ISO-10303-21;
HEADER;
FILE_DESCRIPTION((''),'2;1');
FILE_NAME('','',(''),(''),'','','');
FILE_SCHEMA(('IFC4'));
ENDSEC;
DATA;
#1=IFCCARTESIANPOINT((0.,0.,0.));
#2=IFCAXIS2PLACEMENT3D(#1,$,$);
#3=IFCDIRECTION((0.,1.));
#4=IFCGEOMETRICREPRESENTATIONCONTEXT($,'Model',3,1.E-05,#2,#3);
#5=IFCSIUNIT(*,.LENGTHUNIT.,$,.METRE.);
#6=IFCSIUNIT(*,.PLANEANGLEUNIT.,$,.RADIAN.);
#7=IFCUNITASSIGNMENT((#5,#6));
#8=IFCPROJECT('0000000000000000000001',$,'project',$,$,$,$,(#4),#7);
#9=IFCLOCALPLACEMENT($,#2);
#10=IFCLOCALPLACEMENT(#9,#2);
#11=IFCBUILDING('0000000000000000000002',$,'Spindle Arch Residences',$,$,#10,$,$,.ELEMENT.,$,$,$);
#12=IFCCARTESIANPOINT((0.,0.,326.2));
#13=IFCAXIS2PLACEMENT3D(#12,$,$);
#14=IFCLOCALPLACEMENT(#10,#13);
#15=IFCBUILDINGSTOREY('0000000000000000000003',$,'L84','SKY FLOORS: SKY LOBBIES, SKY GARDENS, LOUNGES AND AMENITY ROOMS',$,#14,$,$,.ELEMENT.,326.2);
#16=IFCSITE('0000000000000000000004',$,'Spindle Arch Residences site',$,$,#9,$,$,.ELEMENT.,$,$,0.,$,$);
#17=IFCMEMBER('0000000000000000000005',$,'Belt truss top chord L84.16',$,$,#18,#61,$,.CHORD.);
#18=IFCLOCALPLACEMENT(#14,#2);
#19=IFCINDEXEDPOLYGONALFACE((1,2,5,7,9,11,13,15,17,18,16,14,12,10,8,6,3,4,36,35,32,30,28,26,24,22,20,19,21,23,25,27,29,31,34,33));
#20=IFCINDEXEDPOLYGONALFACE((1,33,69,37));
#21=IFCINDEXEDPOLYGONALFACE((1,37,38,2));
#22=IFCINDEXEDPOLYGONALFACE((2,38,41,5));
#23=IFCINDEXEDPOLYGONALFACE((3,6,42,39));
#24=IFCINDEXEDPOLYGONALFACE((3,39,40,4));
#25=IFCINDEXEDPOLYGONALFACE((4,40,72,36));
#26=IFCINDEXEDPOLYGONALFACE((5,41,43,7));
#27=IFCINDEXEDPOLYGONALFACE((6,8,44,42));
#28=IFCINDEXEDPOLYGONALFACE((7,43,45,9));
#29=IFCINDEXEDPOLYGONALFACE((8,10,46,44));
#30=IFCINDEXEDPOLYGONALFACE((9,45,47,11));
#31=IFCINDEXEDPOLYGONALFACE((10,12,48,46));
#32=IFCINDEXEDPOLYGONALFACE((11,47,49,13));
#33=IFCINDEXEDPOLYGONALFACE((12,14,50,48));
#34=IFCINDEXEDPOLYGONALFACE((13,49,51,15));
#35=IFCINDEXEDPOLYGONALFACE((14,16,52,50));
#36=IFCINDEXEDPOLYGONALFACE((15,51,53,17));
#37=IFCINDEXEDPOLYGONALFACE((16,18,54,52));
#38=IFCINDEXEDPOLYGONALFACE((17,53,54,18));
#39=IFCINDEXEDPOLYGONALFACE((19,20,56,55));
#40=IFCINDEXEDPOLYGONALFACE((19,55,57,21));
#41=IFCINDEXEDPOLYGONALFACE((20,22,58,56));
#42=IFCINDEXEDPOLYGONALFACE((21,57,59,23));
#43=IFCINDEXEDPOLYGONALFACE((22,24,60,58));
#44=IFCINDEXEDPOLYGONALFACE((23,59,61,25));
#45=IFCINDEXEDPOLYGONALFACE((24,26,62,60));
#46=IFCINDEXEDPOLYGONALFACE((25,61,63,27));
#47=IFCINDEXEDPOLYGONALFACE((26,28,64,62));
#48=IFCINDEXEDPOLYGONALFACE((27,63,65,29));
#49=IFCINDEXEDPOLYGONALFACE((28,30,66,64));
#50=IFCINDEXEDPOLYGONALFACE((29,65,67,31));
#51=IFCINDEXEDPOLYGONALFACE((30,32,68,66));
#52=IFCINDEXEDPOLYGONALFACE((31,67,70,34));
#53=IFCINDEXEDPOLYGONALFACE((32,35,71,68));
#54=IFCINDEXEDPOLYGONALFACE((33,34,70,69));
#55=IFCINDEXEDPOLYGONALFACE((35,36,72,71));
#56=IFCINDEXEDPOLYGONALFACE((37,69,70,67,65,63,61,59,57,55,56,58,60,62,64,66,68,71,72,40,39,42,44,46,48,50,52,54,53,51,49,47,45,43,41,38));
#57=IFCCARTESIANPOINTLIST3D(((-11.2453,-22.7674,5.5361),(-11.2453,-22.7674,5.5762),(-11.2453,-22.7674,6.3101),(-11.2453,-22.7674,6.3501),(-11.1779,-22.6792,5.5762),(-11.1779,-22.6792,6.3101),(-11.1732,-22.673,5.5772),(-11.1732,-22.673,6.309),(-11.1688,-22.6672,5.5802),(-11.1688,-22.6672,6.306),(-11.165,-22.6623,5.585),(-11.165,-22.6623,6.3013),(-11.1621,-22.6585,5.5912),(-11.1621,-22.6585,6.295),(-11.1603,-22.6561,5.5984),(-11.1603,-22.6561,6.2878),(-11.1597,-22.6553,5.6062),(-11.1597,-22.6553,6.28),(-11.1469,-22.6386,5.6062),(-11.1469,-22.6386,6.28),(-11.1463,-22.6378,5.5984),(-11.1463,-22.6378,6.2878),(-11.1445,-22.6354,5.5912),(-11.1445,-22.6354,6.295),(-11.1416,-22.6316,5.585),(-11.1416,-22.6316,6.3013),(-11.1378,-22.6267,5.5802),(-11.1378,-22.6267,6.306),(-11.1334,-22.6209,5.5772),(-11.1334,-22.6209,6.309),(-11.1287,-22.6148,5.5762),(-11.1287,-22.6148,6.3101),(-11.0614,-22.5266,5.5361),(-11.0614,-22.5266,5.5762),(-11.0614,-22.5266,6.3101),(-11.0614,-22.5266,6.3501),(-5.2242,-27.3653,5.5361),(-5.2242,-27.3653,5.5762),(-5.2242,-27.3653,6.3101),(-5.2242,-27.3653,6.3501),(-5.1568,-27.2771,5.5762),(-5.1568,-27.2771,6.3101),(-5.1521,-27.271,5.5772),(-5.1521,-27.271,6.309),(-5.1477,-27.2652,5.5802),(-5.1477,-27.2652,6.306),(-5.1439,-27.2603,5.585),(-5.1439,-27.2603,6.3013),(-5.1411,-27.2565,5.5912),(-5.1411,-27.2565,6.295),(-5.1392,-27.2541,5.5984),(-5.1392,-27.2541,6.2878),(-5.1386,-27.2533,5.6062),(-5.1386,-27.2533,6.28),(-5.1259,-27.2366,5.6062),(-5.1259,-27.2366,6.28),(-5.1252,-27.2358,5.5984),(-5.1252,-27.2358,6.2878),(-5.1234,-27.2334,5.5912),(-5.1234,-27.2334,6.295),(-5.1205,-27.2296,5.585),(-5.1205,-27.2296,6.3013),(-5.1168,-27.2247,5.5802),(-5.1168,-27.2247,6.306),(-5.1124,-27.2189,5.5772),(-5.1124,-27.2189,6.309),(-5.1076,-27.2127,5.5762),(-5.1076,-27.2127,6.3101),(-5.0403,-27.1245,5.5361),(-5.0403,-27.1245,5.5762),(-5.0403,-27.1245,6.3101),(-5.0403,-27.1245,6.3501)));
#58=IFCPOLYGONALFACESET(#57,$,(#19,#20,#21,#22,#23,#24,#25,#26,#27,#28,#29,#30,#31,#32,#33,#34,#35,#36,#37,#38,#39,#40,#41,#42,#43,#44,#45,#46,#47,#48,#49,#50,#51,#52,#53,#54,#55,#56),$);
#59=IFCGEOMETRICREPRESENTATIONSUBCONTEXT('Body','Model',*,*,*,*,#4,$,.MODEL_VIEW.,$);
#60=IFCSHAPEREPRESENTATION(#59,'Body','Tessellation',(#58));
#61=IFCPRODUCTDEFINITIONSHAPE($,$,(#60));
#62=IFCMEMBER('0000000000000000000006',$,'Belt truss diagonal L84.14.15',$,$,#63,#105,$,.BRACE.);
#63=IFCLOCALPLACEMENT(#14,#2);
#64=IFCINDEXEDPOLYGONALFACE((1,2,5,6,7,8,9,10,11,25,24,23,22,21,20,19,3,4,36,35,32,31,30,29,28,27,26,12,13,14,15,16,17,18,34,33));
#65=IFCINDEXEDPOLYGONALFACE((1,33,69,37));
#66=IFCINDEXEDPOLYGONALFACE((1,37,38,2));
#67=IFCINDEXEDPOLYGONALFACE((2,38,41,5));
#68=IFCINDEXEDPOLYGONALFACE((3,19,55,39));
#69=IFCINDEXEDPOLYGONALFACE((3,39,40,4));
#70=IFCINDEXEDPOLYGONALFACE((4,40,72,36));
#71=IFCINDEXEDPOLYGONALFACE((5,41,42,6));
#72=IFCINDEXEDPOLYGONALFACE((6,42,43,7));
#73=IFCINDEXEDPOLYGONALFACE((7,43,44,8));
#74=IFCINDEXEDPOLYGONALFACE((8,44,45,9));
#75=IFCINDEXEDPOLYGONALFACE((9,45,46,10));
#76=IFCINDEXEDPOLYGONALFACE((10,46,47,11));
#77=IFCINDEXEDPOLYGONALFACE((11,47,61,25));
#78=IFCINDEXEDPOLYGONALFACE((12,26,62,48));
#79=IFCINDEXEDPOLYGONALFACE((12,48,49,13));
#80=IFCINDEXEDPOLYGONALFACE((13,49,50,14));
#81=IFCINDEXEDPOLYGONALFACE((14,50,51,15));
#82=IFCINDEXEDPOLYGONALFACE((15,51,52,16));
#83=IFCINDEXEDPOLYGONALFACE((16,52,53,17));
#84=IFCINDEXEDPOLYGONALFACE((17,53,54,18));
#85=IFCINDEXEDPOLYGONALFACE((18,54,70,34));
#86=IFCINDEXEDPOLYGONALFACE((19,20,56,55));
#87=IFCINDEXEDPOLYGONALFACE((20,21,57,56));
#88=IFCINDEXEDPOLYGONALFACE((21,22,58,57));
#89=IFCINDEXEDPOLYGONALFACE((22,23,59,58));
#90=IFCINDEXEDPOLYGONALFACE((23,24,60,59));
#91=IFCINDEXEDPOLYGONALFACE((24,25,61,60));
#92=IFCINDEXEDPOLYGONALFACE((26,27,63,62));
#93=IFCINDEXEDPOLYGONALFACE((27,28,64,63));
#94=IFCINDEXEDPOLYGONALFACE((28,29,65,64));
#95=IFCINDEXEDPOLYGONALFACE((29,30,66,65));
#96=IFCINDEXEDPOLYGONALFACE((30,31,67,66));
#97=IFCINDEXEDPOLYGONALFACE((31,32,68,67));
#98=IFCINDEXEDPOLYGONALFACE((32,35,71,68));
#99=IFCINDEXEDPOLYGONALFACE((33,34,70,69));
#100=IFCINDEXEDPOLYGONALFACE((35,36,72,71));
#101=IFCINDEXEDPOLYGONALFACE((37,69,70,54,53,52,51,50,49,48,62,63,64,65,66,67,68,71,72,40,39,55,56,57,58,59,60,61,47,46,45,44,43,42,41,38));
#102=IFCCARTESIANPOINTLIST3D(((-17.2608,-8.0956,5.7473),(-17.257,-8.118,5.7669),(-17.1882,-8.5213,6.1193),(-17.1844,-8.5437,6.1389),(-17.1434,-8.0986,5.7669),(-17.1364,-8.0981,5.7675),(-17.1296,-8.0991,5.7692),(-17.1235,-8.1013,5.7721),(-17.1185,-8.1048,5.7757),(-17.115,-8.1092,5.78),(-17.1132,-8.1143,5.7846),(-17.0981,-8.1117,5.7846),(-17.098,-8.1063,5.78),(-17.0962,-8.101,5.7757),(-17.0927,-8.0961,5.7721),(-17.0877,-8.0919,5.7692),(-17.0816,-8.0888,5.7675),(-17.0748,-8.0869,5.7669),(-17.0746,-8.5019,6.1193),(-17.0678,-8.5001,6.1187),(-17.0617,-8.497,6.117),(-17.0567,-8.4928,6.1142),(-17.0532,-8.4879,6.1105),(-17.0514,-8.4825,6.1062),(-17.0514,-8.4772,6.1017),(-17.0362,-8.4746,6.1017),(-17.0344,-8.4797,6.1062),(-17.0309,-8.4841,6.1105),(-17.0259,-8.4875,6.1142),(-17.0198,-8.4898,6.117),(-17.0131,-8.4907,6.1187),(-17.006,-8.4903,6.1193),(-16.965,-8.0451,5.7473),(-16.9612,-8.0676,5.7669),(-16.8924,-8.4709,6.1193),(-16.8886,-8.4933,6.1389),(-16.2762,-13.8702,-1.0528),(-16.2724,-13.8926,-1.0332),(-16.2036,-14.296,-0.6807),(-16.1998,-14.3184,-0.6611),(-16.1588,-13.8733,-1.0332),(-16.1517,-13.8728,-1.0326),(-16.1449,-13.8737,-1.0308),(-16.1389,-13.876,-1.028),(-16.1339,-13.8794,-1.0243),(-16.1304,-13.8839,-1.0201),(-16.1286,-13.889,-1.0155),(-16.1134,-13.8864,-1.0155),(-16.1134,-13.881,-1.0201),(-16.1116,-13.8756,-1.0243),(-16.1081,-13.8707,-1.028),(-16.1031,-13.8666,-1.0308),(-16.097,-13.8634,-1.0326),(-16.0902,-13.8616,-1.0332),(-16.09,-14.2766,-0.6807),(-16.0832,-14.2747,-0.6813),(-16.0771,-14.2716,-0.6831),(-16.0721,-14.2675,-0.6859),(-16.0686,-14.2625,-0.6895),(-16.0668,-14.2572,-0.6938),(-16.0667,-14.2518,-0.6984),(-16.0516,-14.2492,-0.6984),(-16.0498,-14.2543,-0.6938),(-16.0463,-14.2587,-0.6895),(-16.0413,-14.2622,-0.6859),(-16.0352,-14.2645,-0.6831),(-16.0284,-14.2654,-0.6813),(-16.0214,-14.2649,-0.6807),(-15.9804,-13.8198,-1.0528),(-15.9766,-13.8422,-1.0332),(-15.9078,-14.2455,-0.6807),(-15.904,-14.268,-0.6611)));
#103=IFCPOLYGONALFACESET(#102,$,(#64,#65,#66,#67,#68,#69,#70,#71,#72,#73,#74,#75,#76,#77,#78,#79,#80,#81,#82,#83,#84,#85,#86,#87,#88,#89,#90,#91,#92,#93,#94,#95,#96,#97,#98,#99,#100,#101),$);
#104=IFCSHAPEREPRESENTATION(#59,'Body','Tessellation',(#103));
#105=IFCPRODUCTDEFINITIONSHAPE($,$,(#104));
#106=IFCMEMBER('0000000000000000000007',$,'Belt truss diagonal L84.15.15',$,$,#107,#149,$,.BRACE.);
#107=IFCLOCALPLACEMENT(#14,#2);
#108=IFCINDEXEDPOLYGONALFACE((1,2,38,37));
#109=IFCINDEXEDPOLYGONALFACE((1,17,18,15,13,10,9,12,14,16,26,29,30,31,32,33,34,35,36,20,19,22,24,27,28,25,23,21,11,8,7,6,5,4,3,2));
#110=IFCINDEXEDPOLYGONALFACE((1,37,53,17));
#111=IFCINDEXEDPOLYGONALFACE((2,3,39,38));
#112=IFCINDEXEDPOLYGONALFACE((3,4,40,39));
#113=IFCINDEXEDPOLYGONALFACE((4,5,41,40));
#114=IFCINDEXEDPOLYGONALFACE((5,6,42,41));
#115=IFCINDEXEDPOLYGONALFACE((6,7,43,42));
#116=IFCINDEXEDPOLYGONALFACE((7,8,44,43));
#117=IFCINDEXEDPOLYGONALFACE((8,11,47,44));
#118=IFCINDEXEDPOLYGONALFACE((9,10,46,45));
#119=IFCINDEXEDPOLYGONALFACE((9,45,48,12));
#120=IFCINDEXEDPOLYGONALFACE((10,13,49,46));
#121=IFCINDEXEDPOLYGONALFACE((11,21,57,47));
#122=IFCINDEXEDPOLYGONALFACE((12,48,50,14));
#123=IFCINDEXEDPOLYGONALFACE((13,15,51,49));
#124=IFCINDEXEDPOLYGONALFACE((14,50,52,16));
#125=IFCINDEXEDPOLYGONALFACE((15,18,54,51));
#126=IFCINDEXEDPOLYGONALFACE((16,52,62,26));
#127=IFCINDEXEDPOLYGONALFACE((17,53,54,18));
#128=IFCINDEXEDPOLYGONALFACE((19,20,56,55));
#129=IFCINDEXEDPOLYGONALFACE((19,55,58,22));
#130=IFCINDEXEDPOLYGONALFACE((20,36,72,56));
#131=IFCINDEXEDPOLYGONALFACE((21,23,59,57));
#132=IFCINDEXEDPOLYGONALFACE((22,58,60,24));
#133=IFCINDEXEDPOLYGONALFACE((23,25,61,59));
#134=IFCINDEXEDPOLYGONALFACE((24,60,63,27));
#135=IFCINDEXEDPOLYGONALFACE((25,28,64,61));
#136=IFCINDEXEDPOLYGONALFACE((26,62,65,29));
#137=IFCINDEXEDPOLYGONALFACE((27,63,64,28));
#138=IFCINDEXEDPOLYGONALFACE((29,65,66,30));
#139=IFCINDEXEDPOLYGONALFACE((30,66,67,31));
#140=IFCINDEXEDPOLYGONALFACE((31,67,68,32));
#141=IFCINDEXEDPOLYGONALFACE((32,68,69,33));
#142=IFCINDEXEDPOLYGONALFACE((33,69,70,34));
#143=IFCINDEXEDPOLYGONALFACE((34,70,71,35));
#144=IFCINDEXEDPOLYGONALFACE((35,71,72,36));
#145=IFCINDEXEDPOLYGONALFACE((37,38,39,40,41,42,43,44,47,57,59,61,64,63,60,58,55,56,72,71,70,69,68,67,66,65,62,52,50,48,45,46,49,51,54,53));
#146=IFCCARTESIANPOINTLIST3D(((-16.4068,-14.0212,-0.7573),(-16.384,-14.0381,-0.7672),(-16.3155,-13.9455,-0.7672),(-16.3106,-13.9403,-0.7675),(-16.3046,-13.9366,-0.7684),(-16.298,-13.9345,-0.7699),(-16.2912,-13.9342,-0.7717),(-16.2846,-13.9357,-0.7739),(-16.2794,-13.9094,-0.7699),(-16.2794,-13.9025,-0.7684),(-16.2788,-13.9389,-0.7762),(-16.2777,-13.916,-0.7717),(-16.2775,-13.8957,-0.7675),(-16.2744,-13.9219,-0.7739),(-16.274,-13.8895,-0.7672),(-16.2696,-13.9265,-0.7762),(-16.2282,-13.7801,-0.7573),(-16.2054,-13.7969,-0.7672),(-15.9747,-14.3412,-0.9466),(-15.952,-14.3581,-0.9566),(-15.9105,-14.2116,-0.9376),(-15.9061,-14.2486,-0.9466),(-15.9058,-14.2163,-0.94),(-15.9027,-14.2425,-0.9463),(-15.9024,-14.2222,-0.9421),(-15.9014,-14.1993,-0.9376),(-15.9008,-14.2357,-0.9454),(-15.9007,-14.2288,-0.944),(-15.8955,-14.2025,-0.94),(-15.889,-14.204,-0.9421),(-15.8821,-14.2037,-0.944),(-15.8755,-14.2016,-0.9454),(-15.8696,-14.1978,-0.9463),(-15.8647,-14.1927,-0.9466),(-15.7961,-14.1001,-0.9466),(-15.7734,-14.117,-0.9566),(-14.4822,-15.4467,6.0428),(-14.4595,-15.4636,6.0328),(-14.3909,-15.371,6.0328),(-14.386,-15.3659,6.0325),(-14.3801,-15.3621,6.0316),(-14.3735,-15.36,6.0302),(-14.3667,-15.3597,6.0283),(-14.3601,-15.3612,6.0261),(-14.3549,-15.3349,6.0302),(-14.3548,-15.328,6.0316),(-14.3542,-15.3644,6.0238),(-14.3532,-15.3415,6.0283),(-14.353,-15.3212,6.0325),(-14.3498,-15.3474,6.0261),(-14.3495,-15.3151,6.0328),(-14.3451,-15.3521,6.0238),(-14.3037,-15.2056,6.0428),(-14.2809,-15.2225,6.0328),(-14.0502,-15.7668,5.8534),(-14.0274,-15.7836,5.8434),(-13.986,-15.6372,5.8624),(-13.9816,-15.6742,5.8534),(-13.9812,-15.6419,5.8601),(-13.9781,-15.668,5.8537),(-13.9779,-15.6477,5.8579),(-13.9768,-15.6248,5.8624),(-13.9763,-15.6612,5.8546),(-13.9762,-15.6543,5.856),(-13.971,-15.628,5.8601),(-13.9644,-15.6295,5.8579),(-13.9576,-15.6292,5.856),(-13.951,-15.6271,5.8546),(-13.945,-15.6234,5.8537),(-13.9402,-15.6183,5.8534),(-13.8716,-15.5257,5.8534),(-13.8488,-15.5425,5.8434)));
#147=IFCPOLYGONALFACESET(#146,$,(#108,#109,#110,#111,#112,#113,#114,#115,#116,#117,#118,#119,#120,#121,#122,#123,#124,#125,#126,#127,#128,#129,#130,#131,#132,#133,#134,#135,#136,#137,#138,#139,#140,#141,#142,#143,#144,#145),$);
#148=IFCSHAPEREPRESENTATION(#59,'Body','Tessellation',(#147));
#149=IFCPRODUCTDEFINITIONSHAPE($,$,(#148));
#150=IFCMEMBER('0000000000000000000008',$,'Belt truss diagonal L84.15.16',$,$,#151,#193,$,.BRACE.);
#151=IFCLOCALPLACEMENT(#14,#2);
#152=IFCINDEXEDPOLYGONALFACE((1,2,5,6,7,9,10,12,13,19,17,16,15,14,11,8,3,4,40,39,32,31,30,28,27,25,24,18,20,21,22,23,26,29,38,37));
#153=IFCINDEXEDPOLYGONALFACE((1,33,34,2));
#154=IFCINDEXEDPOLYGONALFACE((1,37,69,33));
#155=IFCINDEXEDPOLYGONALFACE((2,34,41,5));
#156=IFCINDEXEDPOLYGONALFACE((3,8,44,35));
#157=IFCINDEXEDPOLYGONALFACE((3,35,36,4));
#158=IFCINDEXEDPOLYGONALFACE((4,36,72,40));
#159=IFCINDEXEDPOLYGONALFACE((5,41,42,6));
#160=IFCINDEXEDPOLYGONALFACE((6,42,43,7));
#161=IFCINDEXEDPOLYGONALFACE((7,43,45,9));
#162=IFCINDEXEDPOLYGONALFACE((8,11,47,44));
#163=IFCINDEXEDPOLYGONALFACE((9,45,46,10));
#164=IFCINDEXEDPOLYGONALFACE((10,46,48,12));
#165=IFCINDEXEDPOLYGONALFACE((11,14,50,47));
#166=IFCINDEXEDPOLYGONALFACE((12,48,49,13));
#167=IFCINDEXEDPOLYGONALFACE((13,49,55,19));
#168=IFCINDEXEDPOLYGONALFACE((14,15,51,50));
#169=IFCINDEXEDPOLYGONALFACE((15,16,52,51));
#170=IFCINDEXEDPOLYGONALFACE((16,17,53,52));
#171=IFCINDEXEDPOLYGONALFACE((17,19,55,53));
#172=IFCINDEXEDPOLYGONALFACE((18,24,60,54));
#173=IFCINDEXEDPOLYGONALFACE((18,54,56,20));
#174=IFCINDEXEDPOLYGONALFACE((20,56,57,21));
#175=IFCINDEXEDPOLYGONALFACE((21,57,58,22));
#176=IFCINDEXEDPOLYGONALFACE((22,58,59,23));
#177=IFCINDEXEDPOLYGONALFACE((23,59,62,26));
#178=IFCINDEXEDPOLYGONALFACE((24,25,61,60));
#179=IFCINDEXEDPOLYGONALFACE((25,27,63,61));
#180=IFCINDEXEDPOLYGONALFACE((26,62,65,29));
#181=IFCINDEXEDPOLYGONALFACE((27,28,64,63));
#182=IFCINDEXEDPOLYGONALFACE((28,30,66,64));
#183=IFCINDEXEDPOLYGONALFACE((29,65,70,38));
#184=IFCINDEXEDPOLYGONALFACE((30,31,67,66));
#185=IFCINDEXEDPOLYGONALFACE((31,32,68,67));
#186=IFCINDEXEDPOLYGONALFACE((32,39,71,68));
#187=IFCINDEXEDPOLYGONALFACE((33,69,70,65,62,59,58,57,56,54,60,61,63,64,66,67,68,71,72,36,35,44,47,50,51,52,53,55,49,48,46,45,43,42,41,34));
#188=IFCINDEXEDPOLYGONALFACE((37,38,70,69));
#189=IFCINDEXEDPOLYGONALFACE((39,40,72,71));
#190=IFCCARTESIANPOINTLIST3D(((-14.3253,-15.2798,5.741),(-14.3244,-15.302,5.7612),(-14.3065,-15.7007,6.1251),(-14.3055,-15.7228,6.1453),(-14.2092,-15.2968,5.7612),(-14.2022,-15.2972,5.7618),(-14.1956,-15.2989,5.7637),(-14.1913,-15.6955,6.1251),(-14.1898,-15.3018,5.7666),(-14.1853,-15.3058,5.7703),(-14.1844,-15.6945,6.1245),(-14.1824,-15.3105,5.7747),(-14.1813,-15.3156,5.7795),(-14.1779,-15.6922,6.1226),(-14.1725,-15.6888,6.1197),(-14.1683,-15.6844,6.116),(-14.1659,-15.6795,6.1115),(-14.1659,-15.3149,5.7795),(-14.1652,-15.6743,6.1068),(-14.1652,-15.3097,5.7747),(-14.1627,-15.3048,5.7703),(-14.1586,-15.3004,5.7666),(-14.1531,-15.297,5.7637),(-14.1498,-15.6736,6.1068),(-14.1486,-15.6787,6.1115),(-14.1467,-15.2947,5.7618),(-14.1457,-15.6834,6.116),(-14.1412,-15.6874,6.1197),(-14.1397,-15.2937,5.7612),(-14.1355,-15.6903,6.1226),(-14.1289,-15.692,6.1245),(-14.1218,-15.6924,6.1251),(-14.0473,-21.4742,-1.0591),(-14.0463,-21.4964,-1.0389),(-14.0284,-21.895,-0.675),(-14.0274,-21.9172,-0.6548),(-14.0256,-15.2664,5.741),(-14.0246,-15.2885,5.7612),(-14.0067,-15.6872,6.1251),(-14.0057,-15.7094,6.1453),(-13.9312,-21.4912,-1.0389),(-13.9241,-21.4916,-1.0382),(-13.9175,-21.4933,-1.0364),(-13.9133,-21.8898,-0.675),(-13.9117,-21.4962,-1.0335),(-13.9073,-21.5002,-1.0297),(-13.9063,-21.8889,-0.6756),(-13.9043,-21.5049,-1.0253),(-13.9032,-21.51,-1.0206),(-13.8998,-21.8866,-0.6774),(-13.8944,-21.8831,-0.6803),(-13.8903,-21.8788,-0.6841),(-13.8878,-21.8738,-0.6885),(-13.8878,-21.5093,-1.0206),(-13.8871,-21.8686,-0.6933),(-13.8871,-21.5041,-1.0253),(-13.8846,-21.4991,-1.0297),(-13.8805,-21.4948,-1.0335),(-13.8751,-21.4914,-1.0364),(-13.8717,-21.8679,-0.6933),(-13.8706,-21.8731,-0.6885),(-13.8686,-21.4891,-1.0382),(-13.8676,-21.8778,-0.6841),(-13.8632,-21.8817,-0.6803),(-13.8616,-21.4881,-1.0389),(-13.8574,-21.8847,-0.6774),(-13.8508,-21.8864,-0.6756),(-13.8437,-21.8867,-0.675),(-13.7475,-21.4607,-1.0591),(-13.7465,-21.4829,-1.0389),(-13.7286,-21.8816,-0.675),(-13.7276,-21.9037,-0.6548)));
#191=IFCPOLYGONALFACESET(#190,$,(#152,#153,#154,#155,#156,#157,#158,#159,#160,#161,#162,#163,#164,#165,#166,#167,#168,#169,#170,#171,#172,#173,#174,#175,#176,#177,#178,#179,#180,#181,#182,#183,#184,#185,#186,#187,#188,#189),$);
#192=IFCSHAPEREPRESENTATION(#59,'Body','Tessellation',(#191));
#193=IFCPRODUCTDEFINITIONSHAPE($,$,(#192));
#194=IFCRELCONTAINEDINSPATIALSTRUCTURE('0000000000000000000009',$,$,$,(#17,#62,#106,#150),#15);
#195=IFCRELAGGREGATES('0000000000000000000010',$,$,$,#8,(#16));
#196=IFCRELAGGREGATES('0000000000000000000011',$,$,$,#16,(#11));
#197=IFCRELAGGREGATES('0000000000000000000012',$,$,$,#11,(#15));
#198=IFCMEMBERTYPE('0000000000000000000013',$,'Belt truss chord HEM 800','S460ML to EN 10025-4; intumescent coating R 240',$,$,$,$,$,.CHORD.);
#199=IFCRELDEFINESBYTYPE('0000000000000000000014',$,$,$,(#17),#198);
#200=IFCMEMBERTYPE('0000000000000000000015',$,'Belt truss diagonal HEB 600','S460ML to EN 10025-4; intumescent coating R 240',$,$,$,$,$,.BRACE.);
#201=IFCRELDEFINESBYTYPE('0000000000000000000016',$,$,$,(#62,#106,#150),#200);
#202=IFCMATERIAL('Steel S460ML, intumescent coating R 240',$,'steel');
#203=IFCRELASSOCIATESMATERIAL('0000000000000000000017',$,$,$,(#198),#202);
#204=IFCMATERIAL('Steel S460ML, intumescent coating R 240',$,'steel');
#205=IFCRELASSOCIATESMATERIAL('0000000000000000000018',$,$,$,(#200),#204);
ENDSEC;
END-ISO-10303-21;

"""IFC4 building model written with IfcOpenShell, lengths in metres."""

from ifc_helpers import new_model, si_unit, direction, frame, origin, origin_2d, place, context, subcontext, project, spatial, i_section, extrude, material, material_profile, profile_set, type_object, element, save


model = new_model("IFC4")

# Units and contexts
model_context = context("Model", 3, precision=1e-05, world=origin(), true_north=direction((0.0, 1.0)))
body_context = subcontext(model_context, "Body", "Model", "MODEL_VIEW")
ifc_project = project(units=[si_unit("LENGTHUNIT", "METRE"), si_unit("PLANEANGLEUNIT", "RADIAN")], contexts=[model_context])

# Site, building, storey
site_placement = place(None, origin())
site = spatial("IfcSite", under=ifc_project, at=site_placement, Name="Spindle Arch Residences site", CompositionType="ELEMENT", RefElevation=0.0)
building_placement = place(site_placement, origin())
building = spatial("IfcBuilding", under=site, at=building_placement, Name="Spindle Arch Residences", CompositionType="ELEMENT")
storey_placement = place(building_placement, frame((0.0, 0.0, 326.2)))
storey = spatial("IfcBuildingStorey", under=building, at=storey_placement, Name="L84", Description="SKY FLOORS: SKY LOBBIES, SKY GARDENS, LOUNGES AND AMENITY ROOMS", CompositionType="ELEMENT", Elevation=326.2)

# Members
ifc_material_1 = material(Name="Steel S460ML, intumescent coating R 240", Category="steel")
ifc_material_profile_1 = material_profile(ifc_material_1, i_section(OverallWidth=0.303, OverallDepth=0.814, WebThickness=0.021, FlangeThickness=0.04, FilletRadius=0.03, at=origin_2d()), Name="HEM 800")
ifc_profile_set_1 = profile_set([ifc_material_profile_1], Name="Steel S460ML, intumescent coating R 240")
member_type_1 = type_object("IfcMemberType", Name="Belt truss chord HEM 800", Description="S460ML to EN 10025-4; intumescent coating R 240", PredefinedType="CHORD", material=ifc_profile_set_1)
member_1_placement = place(storey_placement, frame((-11.1533, -22.647, 5.9431), z_axis=(0.794765, -0.606918, 0.0), x_axis=(0.606918, 0.794765, 0.0)))
element("IfcMember", 1, at=member_1_placement, inside=storey, type_object=member_type_1, Name="Belt truss top chord L84.16", PredefinedType="CHORD", context=body_context, shape_type="SweptSolid", body=[
    extrude(i_section(OverallWidth=0.303, OverallDepth=0.814, WebThickness=0.021, FlangeThickness=0.04, FilletRadius=0.03, at=origin_2d()), origin(), (0.0, 0.0, 1.0), 7.5759),
])
ifc_material_2 = material(Name="Steel S460ML, intumescent coating R 240", Category="steel")
ifc_material_profile_2 = material_profile(ifc_material_2, i_section(OverallWidth=0.3, OverallDepth=0.6001, WebThickness=0.0154, FlangeThickness=0.03, FilletRadius=0.0271, at=origin_2d()), Name="HEB 600")
ifc_profile_set_2 = profile_set([ifc_material_profile_2], Name="Steel S460ML, intumescent coating R 240")
member_type_2 = type_object("IfcMemberType", Name="Belt truss diagonal HEB 600", Description="S460ML to EN 10025-4; intumescent coating R 240", PredefinedType="BRACE", material=ifc_profile_set_2)
member_2_placement = place(storey_placement, frame((-16.0901, -14.0691, -0.8569), z_axis=(-0.109703, 0.643391, 0.757636), x_axis=(-0.985773, -0.168081, 0.0)))
element("IfcMember", 2, at=member_2_placement, inside=storey, type_object=member_type_2, Name="Belt truss diagonal L84.14.15", PredefinedType="BRACE", context=body_context, shape_type="SweptSolid", body=[
    extrude(i_section(OverallWidth=0.3, OverallDepth=0.6001, WebThickness=0.0154, FlangeThickness=0.03, FilletRadius=0.0271, at=origin_2d()), origin(), (0.0, 0.0, 1.0), 8.9753),
])
member_3_placement = place(storey_placement, frame((-16.0901, -14.0691, -0.8569), z_axis=(0.266948, -0.197731, 0.943208), x_axis=(0.59521, 0.80357, 0.0)))
element("IfcMember", 3, at=member_3_placement, inside=storey, type_object=member_type_2, Name="Belt truss diagonal L84.15.15", PredefinedType="BRACE", context=body_context, shape_type="SweptSolid", body=[
    extrude(i_section(OverallWidth=0.3, OverallDepth=0.6001, WebThickness=0.0154, FlangeThickness=0.03, FilletRadius=0.0271, at=origin_2d()), origin(), (0.0, 0.0, 1.0), 7.2095),
])
member_4_placement = place(storey_placement, frame((-13.8875, -21.689, -0.8569), z_axis=(-0.030217, 0.673107, 0.738927), x_axis=(-0.998994, -0.044847, 0.0)))
element("IfcMember", 4, at=member_4_placement, inside=storey, type_object=member_type_2, Name="Belt truss diagonal L84.15.16", PredefinedType="BRACE", context=body_context, shape_type="SweptSolid", body=[
    extrude(i_section(OverallWidth=0.3, OverallDepth=0.6001, WebThickness=0.0154, FlangeThickness=0.03, FilletRadius=0.0271, at=origin_2d()), origin(), (0.0, 0.0, 1.0), 9.2026),
])

save(model, "model.ifc")
